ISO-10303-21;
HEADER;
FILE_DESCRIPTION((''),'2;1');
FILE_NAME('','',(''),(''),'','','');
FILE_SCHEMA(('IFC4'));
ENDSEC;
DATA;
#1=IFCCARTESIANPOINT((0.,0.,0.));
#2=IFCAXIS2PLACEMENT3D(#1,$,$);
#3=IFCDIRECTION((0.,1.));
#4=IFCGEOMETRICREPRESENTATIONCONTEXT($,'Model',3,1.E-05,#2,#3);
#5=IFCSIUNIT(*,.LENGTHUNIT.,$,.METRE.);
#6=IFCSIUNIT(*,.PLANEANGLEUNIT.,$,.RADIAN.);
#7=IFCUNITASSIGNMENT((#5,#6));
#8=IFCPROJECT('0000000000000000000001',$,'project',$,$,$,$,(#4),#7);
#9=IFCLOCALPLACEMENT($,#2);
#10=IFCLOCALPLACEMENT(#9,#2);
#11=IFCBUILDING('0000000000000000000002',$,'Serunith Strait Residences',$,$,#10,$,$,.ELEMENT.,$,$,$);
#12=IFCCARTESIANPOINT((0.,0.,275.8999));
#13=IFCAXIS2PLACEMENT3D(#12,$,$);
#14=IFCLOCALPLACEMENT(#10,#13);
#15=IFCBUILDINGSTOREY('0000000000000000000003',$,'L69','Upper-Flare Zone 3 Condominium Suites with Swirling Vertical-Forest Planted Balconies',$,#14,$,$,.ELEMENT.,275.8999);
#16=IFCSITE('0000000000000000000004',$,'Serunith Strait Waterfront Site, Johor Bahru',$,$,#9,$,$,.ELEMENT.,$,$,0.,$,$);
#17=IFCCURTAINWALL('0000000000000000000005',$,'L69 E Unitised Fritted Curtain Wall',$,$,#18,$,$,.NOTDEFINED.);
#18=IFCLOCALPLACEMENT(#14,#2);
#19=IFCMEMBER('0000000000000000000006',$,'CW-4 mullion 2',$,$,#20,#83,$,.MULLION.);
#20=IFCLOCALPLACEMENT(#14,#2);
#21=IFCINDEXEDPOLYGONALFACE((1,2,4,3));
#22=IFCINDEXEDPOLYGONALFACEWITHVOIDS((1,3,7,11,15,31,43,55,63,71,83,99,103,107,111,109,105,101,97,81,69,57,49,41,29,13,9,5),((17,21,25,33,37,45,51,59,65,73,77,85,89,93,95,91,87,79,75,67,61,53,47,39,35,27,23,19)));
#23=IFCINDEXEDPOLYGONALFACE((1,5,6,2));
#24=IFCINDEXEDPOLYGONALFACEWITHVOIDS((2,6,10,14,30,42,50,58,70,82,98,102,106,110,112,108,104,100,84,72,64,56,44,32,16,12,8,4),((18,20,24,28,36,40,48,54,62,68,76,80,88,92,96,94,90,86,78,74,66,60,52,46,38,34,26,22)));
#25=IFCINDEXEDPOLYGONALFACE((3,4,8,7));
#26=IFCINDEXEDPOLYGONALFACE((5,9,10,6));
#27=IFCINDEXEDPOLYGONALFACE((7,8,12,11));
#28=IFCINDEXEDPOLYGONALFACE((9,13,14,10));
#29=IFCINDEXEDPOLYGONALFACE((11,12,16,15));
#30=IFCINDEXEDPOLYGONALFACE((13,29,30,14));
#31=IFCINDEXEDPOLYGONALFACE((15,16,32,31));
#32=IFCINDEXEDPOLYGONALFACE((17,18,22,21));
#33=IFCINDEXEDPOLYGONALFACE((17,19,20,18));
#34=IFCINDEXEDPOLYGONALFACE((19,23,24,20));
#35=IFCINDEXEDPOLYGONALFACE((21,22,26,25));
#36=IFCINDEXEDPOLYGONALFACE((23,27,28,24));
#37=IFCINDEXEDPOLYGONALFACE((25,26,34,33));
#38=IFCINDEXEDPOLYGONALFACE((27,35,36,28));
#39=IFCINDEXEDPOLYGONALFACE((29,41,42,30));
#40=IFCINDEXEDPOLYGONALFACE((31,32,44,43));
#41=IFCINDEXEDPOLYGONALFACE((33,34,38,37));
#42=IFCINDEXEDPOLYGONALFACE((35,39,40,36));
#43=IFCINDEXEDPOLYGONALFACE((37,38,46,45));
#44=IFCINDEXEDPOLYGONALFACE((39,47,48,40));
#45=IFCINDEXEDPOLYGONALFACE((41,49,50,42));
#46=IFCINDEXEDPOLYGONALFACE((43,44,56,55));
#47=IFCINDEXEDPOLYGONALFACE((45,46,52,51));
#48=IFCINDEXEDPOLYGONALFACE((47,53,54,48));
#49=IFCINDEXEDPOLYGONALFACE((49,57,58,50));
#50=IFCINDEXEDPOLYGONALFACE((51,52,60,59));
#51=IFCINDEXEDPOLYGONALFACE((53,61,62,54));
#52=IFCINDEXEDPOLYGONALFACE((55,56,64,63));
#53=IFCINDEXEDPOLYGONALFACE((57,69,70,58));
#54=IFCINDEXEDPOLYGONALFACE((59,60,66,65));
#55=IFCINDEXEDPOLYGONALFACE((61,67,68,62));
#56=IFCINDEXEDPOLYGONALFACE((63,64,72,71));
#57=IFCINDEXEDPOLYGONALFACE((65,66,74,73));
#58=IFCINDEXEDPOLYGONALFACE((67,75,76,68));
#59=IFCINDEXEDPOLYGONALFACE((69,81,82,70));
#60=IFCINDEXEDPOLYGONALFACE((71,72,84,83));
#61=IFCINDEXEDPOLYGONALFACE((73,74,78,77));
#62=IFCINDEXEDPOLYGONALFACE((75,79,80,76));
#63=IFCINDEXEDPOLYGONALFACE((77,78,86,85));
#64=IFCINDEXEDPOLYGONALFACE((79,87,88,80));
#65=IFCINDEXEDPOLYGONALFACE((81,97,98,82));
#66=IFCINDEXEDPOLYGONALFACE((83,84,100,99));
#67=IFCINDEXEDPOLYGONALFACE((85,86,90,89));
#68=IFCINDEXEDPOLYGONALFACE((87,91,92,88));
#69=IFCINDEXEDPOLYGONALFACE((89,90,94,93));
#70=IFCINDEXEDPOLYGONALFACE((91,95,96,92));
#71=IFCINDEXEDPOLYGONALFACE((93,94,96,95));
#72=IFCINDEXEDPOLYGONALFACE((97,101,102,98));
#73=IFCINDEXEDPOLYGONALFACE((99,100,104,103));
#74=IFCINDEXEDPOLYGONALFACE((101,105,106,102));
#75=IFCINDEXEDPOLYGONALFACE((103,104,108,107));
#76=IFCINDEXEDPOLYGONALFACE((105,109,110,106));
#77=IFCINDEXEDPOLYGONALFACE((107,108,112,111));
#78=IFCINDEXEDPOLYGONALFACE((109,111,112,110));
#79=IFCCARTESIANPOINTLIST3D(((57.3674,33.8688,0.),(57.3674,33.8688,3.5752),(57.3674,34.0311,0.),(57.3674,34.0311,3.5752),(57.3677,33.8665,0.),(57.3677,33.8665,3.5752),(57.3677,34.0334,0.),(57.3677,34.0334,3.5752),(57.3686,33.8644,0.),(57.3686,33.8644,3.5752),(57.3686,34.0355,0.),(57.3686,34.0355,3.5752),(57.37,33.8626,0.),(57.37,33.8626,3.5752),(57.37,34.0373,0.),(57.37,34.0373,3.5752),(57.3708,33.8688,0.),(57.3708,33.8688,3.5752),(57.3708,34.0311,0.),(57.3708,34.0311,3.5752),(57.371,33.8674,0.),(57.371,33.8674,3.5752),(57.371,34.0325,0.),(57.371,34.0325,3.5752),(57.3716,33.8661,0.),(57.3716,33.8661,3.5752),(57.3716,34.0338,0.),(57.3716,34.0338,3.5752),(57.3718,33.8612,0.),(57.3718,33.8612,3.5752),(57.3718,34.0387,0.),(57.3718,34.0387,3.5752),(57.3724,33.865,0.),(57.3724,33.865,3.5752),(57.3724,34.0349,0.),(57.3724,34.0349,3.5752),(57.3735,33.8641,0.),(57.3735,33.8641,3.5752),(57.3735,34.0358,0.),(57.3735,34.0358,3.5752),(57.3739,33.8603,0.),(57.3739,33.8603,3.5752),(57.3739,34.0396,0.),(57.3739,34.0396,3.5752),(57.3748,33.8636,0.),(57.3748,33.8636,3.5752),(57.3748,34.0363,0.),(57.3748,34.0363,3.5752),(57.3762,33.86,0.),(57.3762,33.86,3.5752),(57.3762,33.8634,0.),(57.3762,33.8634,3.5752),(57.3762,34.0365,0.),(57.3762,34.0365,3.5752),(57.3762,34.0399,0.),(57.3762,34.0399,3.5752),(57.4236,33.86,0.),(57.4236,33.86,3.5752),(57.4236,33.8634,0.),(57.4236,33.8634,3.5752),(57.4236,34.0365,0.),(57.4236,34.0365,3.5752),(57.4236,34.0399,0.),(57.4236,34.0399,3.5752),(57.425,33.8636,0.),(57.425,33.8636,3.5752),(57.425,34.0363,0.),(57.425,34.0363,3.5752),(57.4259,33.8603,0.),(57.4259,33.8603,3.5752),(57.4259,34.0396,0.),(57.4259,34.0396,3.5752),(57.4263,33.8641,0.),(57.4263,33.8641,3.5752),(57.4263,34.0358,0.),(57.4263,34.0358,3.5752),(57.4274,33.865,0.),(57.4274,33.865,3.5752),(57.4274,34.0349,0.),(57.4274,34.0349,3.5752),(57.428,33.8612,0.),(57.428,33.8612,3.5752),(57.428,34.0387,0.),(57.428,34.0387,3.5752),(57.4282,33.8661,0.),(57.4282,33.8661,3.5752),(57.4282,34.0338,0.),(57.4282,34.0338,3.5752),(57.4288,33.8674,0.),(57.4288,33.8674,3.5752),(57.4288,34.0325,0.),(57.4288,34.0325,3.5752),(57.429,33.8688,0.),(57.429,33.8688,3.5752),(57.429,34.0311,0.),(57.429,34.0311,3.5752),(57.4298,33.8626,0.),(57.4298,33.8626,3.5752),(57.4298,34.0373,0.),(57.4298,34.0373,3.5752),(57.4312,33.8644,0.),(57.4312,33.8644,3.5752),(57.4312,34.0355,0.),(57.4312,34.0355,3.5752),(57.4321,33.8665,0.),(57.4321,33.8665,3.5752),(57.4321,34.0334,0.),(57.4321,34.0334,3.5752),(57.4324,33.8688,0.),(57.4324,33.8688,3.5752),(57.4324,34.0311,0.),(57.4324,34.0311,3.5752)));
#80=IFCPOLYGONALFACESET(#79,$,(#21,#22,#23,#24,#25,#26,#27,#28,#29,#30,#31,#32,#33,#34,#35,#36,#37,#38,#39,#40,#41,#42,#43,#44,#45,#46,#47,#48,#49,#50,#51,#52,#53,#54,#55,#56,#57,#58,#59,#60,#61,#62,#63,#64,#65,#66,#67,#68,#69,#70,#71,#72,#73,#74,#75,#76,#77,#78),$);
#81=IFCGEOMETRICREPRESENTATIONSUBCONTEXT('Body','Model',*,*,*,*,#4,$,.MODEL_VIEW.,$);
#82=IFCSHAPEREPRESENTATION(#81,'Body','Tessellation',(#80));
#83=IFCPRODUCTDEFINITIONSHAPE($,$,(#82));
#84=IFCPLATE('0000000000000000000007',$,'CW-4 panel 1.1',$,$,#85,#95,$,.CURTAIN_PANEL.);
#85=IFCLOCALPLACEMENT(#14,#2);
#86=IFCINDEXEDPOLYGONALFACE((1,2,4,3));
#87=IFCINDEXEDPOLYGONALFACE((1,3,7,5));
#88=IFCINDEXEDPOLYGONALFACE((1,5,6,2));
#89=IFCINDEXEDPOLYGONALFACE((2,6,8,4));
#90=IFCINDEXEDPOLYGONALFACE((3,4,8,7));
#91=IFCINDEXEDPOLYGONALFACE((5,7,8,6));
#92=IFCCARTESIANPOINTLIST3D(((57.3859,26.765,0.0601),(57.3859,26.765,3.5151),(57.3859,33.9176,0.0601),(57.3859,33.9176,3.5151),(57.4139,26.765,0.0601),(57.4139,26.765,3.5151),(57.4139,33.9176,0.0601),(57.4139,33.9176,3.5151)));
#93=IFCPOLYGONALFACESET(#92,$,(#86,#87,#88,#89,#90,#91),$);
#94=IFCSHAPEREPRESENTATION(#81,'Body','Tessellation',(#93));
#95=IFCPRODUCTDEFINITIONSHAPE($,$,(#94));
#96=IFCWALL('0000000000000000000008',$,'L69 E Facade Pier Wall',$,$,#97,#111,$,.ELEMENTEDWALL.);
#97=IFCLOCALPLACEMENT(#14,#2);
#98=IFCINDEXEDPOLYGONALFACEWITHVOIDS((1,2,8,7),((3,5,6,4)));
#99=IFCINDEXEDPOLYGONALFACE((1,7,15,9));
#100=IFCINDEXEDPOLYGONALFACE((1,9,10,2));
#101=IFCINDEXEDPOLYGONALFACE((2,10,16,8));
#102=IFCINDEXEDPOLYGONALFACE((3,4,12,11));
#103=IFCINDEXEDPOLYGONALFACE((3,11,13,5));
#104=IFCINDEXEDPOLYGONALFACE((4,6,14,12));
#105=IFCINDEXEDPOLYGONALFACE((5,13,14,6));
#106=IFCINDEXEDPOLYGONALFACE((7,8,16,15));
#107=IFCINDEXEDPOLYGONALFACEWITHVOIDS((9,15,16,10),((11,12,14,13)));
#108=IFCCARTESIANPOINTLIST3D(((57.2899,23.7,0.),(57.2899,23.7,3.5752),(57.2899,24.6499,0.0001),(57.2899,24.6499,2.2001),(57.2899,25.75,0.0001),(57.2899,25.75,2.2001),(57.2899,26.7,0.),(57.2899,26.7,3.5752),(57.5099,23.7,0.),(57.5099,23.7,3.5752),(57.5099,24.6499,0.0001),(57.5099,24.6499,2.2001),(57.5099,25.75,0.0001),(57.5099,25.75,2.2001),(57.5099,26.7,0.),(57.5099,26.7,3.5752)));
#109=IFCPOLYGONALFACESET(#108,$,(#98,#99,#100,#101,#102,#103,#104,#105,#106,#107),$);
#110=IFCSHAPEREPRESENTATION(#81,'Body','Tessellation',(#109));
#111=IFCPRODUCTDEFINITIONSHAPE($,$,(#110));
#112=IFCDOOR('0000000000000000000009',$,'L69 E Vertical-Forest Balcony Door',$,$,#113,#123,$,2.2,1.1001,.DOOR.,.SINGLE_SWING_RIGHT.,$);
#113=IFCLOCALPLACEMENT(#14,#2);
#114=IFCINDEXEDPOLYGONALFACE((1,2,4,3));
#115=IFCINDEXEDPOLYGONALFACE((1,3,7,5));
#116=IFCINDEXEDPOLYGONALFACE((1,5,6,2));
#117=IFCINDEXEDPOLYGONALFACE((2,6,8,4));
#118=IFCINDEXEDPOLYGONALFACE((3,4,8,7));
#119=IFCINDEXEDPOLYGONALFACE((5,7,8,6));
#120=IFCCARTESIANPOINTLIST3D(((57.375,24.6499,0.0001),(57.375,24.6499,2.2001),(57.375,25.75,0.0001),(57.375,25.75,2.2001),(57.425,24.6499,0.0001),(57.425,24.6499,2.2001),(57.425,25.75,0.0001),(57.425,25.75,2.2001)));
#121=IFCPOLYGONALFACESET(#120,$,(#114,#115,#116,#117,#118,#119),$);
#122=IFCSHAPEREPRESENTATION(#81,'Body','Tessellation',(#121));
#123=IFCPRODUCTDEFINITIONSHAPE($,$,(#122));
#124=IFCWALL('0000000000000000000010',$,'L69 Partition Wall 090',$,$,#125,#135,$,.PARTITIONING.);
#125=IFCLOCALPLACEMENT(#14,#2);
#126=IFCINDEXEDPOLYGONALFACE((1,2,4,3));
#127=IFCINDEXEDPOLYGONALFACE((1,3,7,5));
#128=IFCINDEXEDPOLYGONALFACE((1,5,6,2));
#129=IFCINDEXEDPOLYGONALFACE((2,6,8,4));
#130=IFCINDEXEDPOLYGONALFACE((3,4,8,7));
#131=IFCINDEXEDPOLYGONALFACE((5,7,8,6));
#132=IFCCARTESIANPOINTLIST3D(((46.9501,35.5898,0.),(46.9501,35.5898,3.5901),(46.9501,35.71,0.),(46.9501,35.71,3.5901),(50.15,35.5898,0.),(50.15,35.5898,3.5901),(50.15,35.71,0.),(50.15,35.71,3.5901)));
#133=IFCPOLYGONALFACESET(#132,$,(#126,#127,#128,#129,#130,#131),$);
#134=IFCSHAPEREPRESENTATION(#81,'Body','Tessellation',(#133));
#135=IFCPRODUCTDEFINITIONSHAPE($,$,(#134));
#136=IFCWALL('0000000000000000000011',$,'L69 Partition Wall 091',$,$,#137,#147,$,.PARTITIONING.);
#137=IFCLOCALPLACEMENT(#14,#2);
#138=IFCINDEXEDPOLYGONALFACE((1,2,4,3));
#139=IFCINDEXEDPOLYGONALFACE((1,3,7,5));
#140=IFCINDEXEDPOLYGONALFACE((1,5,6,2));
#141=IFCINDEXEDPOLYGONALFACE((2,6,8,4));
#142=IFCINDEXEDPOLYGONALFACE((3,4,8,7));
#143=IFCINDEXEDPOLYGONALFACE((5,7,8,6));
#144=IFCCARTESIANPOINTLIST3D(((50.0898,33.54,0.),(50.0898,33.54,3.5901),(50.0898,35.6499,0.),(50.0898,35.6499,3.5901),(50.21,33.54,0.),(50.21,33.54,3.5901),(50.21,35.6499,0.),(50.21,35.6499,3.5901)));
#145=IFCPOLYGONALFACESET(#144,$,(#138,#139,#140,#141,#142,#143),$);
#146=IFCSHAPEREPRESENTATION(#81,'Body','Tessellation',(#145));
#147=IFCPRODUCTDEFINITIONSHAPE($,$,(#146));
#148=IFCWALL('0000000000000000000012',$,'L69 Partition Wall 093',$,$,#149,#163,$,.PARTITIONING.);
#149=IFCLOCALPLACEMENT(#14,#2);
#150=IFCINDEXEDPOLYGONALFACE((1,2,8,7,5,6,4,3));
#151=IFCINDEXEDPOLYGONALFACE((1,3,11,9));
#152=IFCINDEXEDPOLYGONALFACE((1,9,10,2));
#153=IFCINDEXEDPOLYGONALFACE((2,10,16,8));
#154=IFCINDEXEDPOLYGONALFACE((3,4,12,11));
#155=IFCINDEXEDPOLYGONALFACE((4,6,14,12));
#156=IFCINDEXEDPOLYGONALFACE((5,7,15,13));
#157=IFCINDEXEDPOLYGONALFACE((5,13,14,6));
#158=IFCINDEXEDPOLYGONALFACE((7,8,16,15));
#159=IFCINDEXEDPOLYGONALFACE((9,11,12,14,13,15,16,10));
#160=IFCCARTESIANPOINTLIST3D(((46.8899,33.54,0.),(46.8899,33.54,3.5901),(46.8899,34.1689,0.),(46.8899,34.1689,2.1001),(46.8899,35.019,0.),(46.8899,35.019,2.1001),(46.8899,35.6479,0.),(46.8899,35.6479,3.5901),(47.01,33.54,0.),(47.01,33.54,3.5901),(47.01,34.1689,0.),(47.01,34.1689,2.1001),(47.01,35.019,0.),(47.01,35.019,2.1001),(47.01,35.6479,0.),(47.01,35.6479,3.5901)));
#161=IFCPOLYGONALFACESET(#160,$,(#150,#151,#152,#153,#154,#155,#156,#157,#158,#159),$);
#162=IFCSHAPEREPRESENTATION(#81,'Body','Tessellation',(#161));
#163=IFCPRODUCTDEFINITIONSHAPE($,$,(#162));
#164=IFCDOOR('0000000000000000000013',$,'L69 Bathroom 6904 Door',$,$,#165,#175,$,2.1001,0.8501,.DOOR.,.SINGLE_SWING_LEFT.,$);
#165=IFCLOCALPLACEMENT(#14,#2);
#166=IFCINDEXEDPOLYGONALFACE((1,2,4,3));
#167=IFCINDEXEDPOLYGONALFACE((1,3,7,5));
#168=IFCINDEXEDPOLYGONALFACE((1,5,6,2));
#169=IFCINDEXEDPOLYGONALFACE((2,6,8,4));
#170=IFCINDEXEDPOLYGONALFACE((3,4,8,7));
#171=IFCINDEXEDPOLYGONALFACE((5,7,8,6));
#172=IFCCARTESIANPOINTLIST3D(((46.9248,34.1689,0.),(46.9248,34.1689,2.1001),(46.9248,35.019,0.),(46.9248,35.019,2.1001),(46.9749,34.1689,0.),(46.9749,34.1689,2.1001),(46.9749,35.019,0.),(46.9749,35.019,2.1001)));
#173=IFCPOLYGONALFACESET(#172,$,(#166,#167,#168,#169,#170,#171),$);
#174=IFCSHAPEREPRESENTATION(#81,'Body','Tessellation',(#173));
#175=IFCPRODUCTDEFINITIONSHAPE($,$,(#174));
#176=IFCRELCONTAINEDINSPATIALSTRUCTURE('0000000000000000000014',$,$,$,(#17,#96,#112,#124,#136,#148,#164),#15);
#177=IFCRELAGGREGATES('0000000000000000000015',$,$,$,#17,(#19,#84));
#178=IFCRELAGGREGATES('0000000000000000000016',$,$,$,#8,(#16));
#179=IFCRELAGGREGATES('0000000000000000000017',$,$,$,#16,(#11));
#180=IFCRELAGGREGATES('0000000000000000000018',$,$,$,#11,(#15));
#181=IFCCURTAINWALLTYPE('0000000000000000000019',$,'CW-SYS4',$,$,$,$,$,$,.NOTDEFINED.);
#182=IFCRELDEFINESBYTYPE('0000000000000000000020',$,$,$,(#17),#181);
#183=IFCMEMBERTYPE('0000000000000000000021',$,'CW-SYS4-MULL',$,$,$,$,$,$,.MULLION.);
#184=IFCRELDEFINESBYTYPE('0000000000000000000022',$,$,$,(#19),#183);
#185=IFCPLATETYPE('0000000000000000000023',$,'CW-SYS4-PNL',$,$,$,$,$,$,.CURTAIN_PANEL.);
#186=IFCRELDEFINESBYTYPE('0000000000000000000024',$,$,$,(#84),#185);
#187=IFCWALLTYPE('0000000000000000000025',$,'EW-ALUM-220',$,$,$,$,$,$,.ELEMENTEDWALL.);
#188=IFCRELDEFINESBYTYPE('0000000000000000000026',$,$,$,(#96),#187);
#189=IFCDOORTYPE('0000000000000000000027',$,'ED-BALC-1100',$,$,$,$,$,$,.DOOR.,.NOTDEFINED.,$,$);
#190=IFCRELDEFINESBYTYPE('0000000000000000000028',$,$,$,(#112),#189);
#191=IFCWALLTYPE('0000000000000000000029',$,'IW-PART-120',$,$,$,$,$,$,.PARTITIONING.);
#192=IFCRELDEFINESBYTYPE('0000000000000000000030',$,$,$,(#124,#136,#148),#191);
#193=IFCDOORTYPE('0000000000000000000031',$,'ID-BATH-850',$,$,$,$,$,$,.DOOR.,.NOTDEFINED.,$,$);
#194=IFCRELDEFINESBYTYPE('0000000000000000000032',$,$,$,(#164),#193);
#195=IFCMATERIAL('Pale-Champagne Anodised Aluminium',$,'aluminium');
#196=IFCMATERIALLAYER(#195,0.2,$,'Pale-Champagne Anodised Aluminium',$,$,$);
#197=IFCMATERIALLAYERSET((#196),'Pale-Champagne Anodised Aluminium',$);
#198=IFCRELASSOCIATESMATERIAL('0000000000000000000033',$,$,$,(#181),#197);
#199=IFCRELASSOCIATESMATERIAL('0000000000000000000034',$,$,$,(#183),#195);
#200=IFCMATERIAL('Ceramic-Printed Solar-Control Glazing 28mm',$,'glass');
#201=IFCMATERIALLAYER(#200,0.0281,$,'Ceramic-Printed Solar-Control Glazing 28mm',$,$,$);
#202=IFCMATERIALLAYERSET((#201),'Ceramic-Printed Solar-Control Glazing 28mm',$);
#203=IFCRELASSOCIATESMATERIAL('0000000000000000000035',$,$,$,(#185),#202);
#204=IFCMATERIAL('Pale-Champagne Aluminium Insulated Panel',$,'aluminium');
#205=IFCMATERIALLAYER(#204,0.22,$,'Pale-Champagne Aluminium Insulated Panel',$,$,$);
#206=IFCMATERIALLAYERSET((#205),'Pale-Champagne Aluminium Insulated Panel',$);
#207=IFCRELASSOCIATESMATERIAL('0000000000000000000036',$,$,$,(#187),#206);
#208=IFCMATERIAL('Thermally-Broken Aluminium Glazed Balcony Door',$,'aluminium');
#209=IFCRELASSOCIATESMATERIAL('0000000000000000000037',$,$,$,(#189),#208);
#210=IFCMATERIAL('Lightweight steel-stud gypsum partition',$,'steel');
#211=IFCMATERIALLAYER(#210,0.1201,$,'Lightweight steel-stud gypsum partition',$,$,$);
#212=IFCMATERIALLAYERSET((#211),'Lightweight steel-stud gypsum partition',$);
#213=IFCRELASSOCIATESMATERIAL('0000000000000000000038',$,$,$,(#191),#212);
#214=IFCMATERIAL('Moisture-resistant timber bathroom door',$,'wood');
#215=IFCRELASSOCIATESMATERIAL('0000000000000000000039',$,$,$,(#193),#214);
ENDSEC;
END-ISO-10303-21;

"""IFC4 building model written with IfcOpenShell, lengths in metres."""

from ifc_helpers import new_model, si_unit, direction, frame, frame_2d, origin, origin_2d, place, context, subcontext, project, spatial, rectangle, hollow_rectangle, extrude, source, transform, mapped, material, layer, layer_set, material_profile, profile_set, type_object, element, fill, aggregate, save


model = new_model("IFC4")

# Units and contexts
model_context = context("Model", 3, precision=1e-05, world=origin(), true_north=direction((0.0, 1.0)))
body_context = subcontext(model_context, "Body", "Model", "MODEL_VIEW")
ifc_project = project(units=[si_unit("LENGTHUNIT", "METRE"), si_unit("PLANEANGLEUNIT", "RADIAN")], contexts=[model_context])

# Site, building, storey
site_placement = place(None, origin())
site = spatial("IfcSite", under=ifc_project, at=site_placement, Name="Serunith Strait Waterfront Site, Johor Bahru", CompositionType="ELEMENT", RefElevation=0.0)
building_placement = place(site_placement, origin())
building = spatial("IfcBuilding", under=site, at=building_placement, Name="Serunith Strait Residences", CompositionType="ELEMENT")
storey_placement = place(building_placement, frame((0.0, 0.0, 275.8999)))
storey = spatial("IfcBuildingStorey", under=building, at=storey_placement, Name="L69", Description="Upper-Flare Zone 3 Condominium Suites with Swirling Vertical-Forest Planted Balconies", CompositionType="ELEMENT", Elevation=275.8999)

# Curtain wall
ifc_material_1 = material(Name="Pale-Champagne Anodised Aluminium", Category="aluminium")
ifc_layer_1 = layer(ifc_material_1, 0.2, Name="Pale-Champagne Anodised Aluminium")
ifc_layer_set_1 = layer_set([ifc_layer_1], Name="Pale-Champagne Anodised Aluminium")
curtain_wall_type = type_object("IfcCurtainWallType", Name="CW-SYS4", PredefinedType="NOTDEFINED", material=ifc_layer_set_1)
curtain_wall_1_placement = place(storey_placement, origin())
curtain_wall_1 = element("IfcCurtainWall", 1, at=curtain_wall_1_placement, inside=storey, type_object=curtain_wall_type, Name="L69 E Unitised Fritted Curtain Wall", PredefinedType="NOTDEFINED")

# Shared definitions
ifc_material_profile_1 = material_profile(ifc_material_1, hollow_rectangle(XDim=0.0649, YDim=0.1799, WallThickness=0.0034, InnerFilletRadius=0.0054, OuterFilletRadius=0.0088, at=origin_2d()), Name="ALU 180x65x3.5")
ifc_profile_set_1 = profile_set([ifc_material_profile_1], Name="Pale-Champagne Anodised Aluminium")
member_type_1 = type_object("IfcMemberType", Name="CW-SYS4-MULL", PredefinedType="MULLION", material=ifc_profile_set_1)
shared_shape_1 = source(origin(), body_context, "Body", "SweptSolid", [
    extrude(hollow_rectangle(XDim=0.0649, YDim=0.1799, WallThickness=0.0034, InnerFilletRadius=0.0054, OuterFilletRadius=0.0088, at=origin_2d()), origin(), (0.0, 0.0, 1.0), 3.5752),
])

# Member
member_1_placement = place(storey_placement, frame((57.3999, 33.95, 0.0), z_axis=(0.0, 0.0, 1.0), x_axis=(-1.0, 0.0, 0.0)))
member_1 = element("IfcMember", 2, at=member_1_placement, type_object=member_type_1, Name="CW-4 mullion 2", PredefinedType="MULLION", context=body_context, shape_type="MappedRepresentation", body=[
    mapped(shared_shape_1, transform((0.0, 0.0, 0.0), scale=1.0)),
])

# Plate
ifc_material_2 = material(Name="Ceramic-Printed Solar-Control Glazing 28mm", Category="glass")
ifc_layer_2 = layer(ifc_material_2, 0.0281, Name="Ceramic-Printed Solar-Control Glazing 28mm")
ifc_layer_set_2 = layer_set([ifc_layer_2], Name="Ceramic-Printed Solar-Control Glazing 28mm")
plate_type = type_object("IfcPlateType", Name="CW-SYS4-PNL", PredefinedType="CURTAIN_PANEL", material=ifc_layer_set_2)
shared_shape_2 = source(origin(), body_context, "Body", "SweptSolid", [
    extrude(rectangle(XDim=7.1526, YDim=0.0281, at=origin_2d()), origin(), (0.0, 0.0, 1.0), 3.4551),
])
plate_placement = place(storey_placement, frame((57.3999, 30.3413, 0.0601), z_axis=(0.0, 0.0, 1.0), x_axis=(0.0, 1.0, 0.0)))
plate = element("IfcPlate", 3, at=plate_placement, type_object=plate_type, Name="CW-4 panel 1.1", PredefinedType="CURTAIN_PANEL", context=body_context, shape_type="MappedRepresentation", body=[
    mapped(shared_shape_2, transform((0.0, 0.0, 0.0), scale=1.0)),
])
aggregate(curtain_wall_1, [member_1, plate])

# Wall, opening, door
ifc_material_3 = material(Name="Pale-Champagne Aluminium Insulated Panel", Category="aluminium")
ifc_layer_3 = layer(ifc_material_3, 0.22, Name="Pale-Champagne Aluminium Insulated Panel")
ifc_layer_set_3 = layer_set([ifc_layer_3], Name="Pale-Champagne Aluminium Insulated Panel")
wall_type_1 = type_object("IfcWallType", Name="EW-ALUM-220", PredefinedType="ELEMENTEDWALL", material=ifc_layer_set_3)
wall_1_placement = place(storey_placement, frame((57.3999, 23.7, 0.0), z_axis=(0.0, 0.0, 1.0), x_axis=(0.0, 1.0, 0.0)))
wall_1 = element("IfcWall", 4, at=wall_1_placement, inside=storey, type_object=wall_type_1, Name="L69 E Facade Pier Wall", PredefinedType="ELEMENTEDWALL", context=body_context, shape_type="SweptSolid", body=[
    extrude(rectangle(XDim=3.0, YDim=0.22, at=frame_2d((1.5, 0.0))), origin(), (0.0, 0.0, 1.0), 3.5752),
])
opening_1_placement = place(wall_1_placement, frame((0.95, 0.0, 0.0)))
opening_1 = element("IfcOpeningElement", 5, at=opening_1_placement, cuts=wall_1, PredefinedType="OPENING", context=body_context, shape_type="SweptSolid", body=[
    extrude(rectangle(XDim=1.1001, YDim=2.2, at=frame_2d((0.55, 1.1001))), frame((0.0, 0.1201, 0.0), z_axis=(0.0, -1.0, 0.0), x_axis=(1.0, 0.0, 0.0)), (0.0, 0.0, 1.0), 0.24),
])
ifc_material_4 = material(Name="Thermally-Broken Aluminium Glazed Balcony Door", Category="aluminium")
door_type_1 = type_object("IfcDoorType", Name="ED-BALC-1100", OperationType="NOTDEFINED", PredefinedType="DOOR", material=ifc_material_4)
shared_shape_3 = source(origin(), body_context, "Body", "SweptSolid", [
    extrude(rectangle(XDim=1.1001, YDim=2.2, at=frame_2d((0.55, 1.1001))), frame((0.0, 0.0249, 0.0), z_axis=(0.0, -1.0, 0.0), x_axis=(1.0, 0.0, 0.0)), (0.0, 0.0, 1.0), 0.05),
])
door_1_placement = place(opening_1_placement, origin())
door_1 = element("IfcDoor", 6, at=door_1_placement, inside=storey, type_object=door_type_1, Name="L69 E Vertical-Forest Balcony Door", OperationType="SINGLE_SWING_RIGHT", OverallHeight=2.2, OverallWidth=1.1001, PredefinedType="DOOR", context=body_context, shape_type="MappedRepresentation", body=[
    mapped(shared_shape_3, transform((0.0, 0.0, 0.0), scale=1.0)),
])
fill(opening_1, door_1)

# Walls
ifc_material_5 = material(Name="Lightweight steel-stud gypsum partition", Category="steel")
ifc_layer_4 = layer(ifc_material_5, 0.1201, Name="Lightweight steel-stud gypsum partition")
ifc_layer_set_4 = layer_set([ifc_layer_4], Name="Lightweight steel-stud gypsum partition")
wall_type_2 = type_object("IfcWallType", Name="IW-PART-120", PredefinedType="PARTITIONING", material=ifc_layer_set_4)
wall_2_placement = place(storey_placement, frame((46.95, 35.6499, 0.0), z_axis=(0.0, 0.0, 1.0), x_axis=(1.0, 0.0, 0.0)))
element("IfcWall", 7, at=wall_2_placement, inside=storey, type_object=wall_type_2, Name="L69 Partition Wall 090", PredefinedType="PARTITIONING", context=body_context, shape_type="SweptSolid", body=[
    extrude(rectangle(XDim=3.2, YDim=0.1201, at=frame_2d((1.6001, 0.0))), origin(), (0.0, 0.0, 1.0), 3.5901),
])
wall_3_placement = place(storey_placement, frame((50.1499, 35.6499, 0.0), z_axis=(0.0, 0.0, 1.0), x_axis=(0.0, -1.0, 0.0)))
element("IfcWall", 8, at=wall_3_placement, inside=storey, type_object=wall_type_2, Name="L69 Partition Wall 091", PredefinedType="PARTITIONING", context=body_context, shape_type="SweptSolid", body=[
    extrude(rectangle(XDim=2.1099, YDim=0.1201, at=frame_2d((1.0549, 0.0))), origin(), (0.0, 0.0, 1.0), 3.5901),
])

# Wall, opening, door
wall_4_placement = place(storey_placement, frame((46.95, 35.6479, 0.0), z_axis=(0.0, 0.0, 1.0), x_axis=(0.0, -1.0, 0.0)))
wall_4 = element("IfcWall", 9, at=wall_4_placement, inside=storey, type_object=wall_type_2, Name="L69 Partition Wall 093", PredefinedType="PARTITIONING", context=body_context, shape_type="SweptSolid", body=[
    extrude(rectangle(XDim=2.1079, YDim=0.1201, at=frame_2d((1.054, 0.0))), origin(), (0.0, 0.0, 1.0), 3.5901),
])
opening_2_placement = place(wall_4_placement, frame((0.6289, 0.0, 0.0)))
opening_2 = element("IfcOpeningElement", 10, at=opening_2_placement, cuts=wall_4, PredefinedType="OPENING", context=body_context, shape_type="SweptSolid", body=[
    extrude(rectangle(XDim=0.8501, YDim=2.1001, at=frame_2d((0.425, 1.05))), frame((0.0, 0.0701, 0.0), z_axis=(0.0, -1.0, 0.0), x_axis=(1.0, 0.0, 0.0)), (0.0, 0.0, 1.0), 0.1401),
])
ifc_material_6 = material(Name="Moisture-resistant timber bathroom door", Category="wood")
door_type_2 = type_object("IfcDoorType", Name="ID-BATH-850", OperationType="NOTDEFINED", PredefinedType="DOOR", material=ifc_material_6)
shared_shape_4 = source(origin(), body_context, "Body", "SweptSolid", [
    extrude(rectangle(XDim=0.8501, YDim=2.1001, at=frame_2d((0.425, 1.05))), frame((0.0, 0.0249, 0.0), z_axis=(0.0, -1.0, 0.0), x_axis=(1.0, 0.0, 0.0)), (0.0, 0.0, 1.0), 0.05),
])
door_2_placement = place(opening_2_placement, origin())
door_2 = element("IfcDoor", 11, at=door_2_placement, inside=storey, type_object=door_type_2, Name="L69 Bathroom 6904 Door", OperationType="SINGLE_SWING_LEFT", OverallHeight=2.1001, OverallWidth=0.8501, PredefinedType="DOOR", context=body_context, shape_type="MappedRepresentation", body=[
    mapped(shared_shape_4, transform((0.0, 0.0, 0.0), scale=1.0)),
])
fill(opening_2, door_2)

save(model, "model.ifc")
